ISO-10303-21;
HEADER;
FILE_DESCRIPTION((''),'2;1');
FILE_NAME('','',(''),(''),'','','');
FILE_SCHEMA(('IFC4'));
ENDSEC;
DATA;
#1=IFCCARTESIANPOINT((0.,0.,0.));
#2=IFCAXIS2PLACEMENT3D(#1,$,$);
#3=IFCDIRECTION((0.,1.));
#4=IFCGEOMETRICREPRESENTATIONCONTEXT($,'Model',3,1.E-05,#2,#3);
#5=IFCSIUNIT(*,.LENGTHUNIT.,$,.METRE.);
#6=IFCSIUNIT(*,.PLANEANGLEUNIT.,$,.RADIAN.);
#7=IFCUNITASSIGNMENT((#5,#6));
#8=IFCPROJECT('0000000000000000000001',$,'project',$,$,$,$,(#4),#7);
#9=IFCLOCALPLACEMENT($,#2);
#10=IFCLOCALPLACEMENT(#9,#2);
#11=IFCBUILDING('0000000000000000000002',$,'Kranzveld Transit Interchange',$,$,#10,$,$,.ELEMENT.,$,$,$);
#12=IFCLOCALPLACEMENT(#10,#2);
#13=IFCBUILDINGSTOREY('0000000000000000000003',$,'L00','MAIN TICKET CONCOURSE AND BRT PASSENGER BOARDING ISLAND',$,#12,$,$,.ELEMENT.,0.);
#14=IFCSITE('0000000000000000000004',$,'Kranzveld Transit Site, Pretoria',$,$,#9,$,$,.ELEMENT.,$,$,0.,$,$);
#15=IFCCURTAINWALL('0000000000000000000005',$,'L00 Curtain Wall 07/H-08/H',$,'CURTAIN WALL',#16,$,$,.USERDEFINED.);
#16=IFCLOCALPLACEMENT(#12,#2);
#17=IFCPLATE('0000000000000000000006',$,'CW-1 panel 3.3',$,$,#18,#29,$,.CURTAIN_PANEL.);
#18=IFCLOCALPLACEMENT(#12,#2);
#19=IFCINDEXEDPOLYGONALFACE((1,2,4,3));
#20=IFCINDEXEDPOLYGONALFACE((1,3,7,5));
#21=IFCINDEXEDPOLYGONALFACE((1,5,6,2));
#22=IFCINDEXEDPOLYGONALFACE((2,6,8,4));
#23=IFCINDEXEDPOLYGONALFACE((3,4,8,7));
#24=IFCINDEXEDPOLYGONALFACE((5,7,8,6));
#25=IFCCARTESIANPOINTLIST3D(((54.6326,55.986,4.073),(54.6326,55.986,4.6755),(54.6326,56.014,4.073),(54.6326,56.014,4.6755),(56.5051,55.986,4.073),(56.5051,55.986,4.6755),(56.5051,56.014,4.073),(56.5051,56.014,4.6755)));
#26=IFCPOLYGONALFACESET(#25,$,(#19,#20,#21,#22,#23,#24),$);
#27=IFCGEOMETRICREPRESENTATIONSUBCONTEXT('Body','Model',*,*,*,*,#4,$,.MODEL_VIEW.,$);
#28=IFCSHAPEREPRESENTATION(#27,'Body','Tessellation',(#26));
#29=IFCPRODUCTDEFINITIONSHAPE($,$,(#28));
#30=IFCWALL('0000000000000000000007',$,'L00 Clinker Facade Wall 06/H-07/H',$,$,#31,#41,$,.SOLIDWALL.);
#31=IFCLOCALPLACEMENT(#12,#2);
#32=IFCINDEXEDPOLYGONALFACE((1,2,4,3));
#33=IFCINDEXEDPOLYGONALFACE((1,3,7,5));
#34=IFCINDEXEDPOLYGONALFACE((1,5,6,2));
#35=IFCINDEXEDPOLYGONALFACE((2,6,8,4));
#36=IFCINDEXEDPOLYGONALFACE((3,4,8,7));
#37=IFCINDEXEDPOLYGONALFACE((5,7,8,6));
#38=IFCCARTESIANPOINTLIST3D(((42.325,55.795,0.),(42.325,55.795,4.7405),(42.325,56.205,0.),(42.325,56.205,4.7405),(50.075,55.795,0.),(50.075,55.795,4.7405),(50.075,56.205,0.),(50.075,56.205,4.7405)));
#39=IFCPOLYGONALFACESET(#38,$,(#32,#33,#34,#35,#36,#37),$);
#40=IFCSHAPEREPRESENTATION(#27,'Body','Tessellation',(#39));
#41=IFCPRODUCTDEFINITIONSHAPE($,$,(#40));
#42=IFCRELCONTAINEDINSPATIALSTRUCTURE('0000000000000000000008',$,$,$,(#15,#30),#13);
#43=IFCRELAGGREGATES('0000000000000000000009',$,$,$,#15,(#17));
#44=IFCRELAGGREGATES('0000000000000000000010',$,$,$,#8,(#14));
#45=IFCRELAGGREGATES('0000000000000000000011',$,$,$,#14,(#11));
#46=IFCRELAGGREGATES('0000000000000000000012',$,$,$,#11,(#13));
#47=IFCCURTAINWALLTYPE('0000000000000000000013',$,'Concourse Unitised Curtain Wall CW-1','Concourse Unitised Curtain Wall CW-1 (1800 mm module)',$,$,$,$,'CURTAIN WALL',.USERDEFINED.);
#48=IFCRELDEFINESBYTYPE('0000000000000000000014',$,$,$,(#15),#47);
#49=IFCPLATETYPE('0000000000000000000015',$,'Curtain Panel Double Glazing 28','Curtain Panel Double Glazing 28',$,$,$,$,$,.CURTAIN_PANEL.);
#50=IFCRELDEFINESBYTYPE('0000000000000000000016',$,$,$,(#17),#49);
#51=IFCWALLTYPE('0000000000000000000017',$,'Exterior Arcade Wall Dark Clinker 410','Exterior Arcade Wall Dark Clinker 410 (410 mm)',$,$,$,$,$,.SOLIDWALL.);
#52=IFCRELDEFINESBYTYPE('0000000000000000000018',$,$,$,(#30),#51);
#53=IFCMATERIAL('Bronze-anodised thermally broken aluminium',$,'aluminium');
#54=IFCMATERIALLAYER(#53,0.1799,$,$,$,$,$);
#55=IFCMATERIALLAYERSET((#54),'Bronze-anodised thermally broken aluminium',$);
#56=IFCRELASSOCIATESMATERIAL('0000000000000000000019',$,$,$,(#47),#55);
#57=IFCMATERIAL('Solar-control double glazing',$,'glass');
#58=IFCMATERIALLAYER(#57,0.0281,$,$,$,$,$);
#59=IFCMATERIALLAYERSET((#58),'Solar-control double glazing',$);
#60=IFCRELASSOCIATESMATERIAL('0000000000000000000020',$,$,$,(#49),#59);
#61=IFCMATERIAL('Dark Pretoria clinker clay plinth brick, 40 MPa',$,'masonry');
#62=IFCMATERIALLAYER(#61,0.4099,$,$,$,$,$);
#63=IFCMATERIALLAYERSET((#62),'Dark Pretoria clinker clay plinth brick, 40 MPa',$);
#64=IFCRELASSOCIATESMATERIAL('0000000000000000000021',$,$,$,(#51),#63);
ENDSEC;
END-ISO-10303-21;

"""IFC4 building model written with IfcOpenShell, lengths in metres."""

from ifc_helpers import new_model, si_unit, direction, frame, frame_2d, origin, origin_2d, place, context, subcontext, project, spatial, rectangle, extrude, material, layer, layer_set, type_object, element, aggregate, save


model = new_model("IFC4")

# Units and contexts
model_context = context("Model", 3, precision=1e-05, world=origin(), true_north=direction((0.0, 1.0)))
body_context = subcontext(model_context, "Body", "Model", "MODEL_VIEW")
ifc_project = project(units=[si_unit("LENGTHUNIT", "METRE"), si_unit("PLANEANGLEUNIT", "RADIAN")], contexts=[model_context])

# Site, building, storey
site_placement = place(None, origin())
site = spatial("IfcSite", under=ifc_project, at=site_placement, Name="Kranzveld Transit Site, Pretoria", CompositionType="ELEMENT", RefElevation=0.0)
building_placement = place(site_placement, origin())
building = spatial("IfcBuilding", under=site, at=building_placement, Name="Kranzveld Transit Interchange", CompositionType="ELEMENT")
storey_placement = place(building_placement, origin())
storey = spatial("IfcBuildingStorey", under=building, at=storey_placement, Name="L00", Description="MAIN TICKET CONCOURSE AND BRT PASSENGER BOARDING ISLAND", CompositionType="ELEMENT", Elevation=0.0)

# Curtain wall
ifc_material_1 = material(Name="Bronze-anodised thermally broken aluminium", Category="aluminium")
ifc_layer_1 = layer(ifc_material_1, 0.1799)
ifc_layer_set_1 = layer_set([ifc_layer_1], Name="Bronze-anodised thermally broken aluminium")
curtain_wall_type = type_object("IfcCurtainWallType", Name="Concourse Unitised Curtain Wall CW-1", Description="Concourse Unitised Curtain Wall CW-1 (1800 mm module)", ElementType="CURTAIN WALL", PredefinedType="USERDEFINED", material=ifc_layer_set_1)
curtain_wall_placement = place(storey_placement, origin())
curtain_wall = element("IfcCurtainWall", 1, at=curtain_wall_placement, inside=storey, type_object=curtain_wall_type, Name="L00 Curtain Wall 07/H-08/H", ObjectType="CURTAIN WALL", PredefinedType="USERDEFINED")

# Plate
ifc_material_2 = material(Name="Solar-control double glazing", Category="glass")
ifc_layer_2 = layer(ifc_material_2, 0.0281)
ifc_layer_set_2 = layer_set([ifc_layer_2], Name="Solar-control double glazing")
plate_type = type_object("IfcPlateType", Name="Curtain Panel Double Glazing 28", Description="Curtain Panel Double Glazing 28", PredefinedType="CURTAIN_PANEL", material=ifc_layer_set_2)
plate_1_placement = place(storey_placement, frame((55.5688, 56.0, 4.073), z_axis=(0.0, 0.0, 1.0), x_axis=(1.0, 0.0, 0.0)))
plate_1 = element("IfcPlate", 2, at=plate_1_placement, type_object=plate_type, Name="CW-1 panel 3.3", PredefinedType="CURTAIN_PANEL", context=body_context, shape_type="SweptSolid", body=[
    extrude(rectangle(XDim=1.8726, YDim=0.0281, at=origin_2d()), origin(), (0.0, 0.0, 1.0), 0.6025),
])
aggregate(curtain_wall, [plate_1])

# Wall
ifc_material_3 = material(Name="Dark Pretoria clinker clay plinth brick, 40 MPa", Category="masonry")
ifc_layer_3 = layer(ifc_material_3, 0.4099)
ifc_layer_set_3 = layer_set([ifc_layer_3], Name="Dark Pretoria clinker clay plinth brick, 40 MPa")
wall_type = type_object("IfcWallType", Name="Exterior Arcade Wall Dark Clinker 410", Description="Exterior Arcade Wall Dark Clinker 410 (410 mm)", PredefinedType="SOLIDWALL", material=ifc_layer_set_3)
wall_placement = place(storey_placement, frame((42.325, 56.0, 0.0), z_axis=(0.0, 0.0, 1.0), x_axis=(1.0, 0.0, 0.0)))
element("IfcWall", 3, at=wall_placement, inside=storey, type_object=wall_type, Name="L00 Clinker Facade Wall 06/H-07/H", PredefinedType="SOLIDWALL", context=body_context, shape_type="SweptSolid", body=[
    extrude(rectangle(XDim=7.75, YDim=0.4099, at=frame_2d((3.875, 0.0))), origin(), (0.0, 0.0, 1.0), 4.7405),
])

save(model, "model.ifc")
